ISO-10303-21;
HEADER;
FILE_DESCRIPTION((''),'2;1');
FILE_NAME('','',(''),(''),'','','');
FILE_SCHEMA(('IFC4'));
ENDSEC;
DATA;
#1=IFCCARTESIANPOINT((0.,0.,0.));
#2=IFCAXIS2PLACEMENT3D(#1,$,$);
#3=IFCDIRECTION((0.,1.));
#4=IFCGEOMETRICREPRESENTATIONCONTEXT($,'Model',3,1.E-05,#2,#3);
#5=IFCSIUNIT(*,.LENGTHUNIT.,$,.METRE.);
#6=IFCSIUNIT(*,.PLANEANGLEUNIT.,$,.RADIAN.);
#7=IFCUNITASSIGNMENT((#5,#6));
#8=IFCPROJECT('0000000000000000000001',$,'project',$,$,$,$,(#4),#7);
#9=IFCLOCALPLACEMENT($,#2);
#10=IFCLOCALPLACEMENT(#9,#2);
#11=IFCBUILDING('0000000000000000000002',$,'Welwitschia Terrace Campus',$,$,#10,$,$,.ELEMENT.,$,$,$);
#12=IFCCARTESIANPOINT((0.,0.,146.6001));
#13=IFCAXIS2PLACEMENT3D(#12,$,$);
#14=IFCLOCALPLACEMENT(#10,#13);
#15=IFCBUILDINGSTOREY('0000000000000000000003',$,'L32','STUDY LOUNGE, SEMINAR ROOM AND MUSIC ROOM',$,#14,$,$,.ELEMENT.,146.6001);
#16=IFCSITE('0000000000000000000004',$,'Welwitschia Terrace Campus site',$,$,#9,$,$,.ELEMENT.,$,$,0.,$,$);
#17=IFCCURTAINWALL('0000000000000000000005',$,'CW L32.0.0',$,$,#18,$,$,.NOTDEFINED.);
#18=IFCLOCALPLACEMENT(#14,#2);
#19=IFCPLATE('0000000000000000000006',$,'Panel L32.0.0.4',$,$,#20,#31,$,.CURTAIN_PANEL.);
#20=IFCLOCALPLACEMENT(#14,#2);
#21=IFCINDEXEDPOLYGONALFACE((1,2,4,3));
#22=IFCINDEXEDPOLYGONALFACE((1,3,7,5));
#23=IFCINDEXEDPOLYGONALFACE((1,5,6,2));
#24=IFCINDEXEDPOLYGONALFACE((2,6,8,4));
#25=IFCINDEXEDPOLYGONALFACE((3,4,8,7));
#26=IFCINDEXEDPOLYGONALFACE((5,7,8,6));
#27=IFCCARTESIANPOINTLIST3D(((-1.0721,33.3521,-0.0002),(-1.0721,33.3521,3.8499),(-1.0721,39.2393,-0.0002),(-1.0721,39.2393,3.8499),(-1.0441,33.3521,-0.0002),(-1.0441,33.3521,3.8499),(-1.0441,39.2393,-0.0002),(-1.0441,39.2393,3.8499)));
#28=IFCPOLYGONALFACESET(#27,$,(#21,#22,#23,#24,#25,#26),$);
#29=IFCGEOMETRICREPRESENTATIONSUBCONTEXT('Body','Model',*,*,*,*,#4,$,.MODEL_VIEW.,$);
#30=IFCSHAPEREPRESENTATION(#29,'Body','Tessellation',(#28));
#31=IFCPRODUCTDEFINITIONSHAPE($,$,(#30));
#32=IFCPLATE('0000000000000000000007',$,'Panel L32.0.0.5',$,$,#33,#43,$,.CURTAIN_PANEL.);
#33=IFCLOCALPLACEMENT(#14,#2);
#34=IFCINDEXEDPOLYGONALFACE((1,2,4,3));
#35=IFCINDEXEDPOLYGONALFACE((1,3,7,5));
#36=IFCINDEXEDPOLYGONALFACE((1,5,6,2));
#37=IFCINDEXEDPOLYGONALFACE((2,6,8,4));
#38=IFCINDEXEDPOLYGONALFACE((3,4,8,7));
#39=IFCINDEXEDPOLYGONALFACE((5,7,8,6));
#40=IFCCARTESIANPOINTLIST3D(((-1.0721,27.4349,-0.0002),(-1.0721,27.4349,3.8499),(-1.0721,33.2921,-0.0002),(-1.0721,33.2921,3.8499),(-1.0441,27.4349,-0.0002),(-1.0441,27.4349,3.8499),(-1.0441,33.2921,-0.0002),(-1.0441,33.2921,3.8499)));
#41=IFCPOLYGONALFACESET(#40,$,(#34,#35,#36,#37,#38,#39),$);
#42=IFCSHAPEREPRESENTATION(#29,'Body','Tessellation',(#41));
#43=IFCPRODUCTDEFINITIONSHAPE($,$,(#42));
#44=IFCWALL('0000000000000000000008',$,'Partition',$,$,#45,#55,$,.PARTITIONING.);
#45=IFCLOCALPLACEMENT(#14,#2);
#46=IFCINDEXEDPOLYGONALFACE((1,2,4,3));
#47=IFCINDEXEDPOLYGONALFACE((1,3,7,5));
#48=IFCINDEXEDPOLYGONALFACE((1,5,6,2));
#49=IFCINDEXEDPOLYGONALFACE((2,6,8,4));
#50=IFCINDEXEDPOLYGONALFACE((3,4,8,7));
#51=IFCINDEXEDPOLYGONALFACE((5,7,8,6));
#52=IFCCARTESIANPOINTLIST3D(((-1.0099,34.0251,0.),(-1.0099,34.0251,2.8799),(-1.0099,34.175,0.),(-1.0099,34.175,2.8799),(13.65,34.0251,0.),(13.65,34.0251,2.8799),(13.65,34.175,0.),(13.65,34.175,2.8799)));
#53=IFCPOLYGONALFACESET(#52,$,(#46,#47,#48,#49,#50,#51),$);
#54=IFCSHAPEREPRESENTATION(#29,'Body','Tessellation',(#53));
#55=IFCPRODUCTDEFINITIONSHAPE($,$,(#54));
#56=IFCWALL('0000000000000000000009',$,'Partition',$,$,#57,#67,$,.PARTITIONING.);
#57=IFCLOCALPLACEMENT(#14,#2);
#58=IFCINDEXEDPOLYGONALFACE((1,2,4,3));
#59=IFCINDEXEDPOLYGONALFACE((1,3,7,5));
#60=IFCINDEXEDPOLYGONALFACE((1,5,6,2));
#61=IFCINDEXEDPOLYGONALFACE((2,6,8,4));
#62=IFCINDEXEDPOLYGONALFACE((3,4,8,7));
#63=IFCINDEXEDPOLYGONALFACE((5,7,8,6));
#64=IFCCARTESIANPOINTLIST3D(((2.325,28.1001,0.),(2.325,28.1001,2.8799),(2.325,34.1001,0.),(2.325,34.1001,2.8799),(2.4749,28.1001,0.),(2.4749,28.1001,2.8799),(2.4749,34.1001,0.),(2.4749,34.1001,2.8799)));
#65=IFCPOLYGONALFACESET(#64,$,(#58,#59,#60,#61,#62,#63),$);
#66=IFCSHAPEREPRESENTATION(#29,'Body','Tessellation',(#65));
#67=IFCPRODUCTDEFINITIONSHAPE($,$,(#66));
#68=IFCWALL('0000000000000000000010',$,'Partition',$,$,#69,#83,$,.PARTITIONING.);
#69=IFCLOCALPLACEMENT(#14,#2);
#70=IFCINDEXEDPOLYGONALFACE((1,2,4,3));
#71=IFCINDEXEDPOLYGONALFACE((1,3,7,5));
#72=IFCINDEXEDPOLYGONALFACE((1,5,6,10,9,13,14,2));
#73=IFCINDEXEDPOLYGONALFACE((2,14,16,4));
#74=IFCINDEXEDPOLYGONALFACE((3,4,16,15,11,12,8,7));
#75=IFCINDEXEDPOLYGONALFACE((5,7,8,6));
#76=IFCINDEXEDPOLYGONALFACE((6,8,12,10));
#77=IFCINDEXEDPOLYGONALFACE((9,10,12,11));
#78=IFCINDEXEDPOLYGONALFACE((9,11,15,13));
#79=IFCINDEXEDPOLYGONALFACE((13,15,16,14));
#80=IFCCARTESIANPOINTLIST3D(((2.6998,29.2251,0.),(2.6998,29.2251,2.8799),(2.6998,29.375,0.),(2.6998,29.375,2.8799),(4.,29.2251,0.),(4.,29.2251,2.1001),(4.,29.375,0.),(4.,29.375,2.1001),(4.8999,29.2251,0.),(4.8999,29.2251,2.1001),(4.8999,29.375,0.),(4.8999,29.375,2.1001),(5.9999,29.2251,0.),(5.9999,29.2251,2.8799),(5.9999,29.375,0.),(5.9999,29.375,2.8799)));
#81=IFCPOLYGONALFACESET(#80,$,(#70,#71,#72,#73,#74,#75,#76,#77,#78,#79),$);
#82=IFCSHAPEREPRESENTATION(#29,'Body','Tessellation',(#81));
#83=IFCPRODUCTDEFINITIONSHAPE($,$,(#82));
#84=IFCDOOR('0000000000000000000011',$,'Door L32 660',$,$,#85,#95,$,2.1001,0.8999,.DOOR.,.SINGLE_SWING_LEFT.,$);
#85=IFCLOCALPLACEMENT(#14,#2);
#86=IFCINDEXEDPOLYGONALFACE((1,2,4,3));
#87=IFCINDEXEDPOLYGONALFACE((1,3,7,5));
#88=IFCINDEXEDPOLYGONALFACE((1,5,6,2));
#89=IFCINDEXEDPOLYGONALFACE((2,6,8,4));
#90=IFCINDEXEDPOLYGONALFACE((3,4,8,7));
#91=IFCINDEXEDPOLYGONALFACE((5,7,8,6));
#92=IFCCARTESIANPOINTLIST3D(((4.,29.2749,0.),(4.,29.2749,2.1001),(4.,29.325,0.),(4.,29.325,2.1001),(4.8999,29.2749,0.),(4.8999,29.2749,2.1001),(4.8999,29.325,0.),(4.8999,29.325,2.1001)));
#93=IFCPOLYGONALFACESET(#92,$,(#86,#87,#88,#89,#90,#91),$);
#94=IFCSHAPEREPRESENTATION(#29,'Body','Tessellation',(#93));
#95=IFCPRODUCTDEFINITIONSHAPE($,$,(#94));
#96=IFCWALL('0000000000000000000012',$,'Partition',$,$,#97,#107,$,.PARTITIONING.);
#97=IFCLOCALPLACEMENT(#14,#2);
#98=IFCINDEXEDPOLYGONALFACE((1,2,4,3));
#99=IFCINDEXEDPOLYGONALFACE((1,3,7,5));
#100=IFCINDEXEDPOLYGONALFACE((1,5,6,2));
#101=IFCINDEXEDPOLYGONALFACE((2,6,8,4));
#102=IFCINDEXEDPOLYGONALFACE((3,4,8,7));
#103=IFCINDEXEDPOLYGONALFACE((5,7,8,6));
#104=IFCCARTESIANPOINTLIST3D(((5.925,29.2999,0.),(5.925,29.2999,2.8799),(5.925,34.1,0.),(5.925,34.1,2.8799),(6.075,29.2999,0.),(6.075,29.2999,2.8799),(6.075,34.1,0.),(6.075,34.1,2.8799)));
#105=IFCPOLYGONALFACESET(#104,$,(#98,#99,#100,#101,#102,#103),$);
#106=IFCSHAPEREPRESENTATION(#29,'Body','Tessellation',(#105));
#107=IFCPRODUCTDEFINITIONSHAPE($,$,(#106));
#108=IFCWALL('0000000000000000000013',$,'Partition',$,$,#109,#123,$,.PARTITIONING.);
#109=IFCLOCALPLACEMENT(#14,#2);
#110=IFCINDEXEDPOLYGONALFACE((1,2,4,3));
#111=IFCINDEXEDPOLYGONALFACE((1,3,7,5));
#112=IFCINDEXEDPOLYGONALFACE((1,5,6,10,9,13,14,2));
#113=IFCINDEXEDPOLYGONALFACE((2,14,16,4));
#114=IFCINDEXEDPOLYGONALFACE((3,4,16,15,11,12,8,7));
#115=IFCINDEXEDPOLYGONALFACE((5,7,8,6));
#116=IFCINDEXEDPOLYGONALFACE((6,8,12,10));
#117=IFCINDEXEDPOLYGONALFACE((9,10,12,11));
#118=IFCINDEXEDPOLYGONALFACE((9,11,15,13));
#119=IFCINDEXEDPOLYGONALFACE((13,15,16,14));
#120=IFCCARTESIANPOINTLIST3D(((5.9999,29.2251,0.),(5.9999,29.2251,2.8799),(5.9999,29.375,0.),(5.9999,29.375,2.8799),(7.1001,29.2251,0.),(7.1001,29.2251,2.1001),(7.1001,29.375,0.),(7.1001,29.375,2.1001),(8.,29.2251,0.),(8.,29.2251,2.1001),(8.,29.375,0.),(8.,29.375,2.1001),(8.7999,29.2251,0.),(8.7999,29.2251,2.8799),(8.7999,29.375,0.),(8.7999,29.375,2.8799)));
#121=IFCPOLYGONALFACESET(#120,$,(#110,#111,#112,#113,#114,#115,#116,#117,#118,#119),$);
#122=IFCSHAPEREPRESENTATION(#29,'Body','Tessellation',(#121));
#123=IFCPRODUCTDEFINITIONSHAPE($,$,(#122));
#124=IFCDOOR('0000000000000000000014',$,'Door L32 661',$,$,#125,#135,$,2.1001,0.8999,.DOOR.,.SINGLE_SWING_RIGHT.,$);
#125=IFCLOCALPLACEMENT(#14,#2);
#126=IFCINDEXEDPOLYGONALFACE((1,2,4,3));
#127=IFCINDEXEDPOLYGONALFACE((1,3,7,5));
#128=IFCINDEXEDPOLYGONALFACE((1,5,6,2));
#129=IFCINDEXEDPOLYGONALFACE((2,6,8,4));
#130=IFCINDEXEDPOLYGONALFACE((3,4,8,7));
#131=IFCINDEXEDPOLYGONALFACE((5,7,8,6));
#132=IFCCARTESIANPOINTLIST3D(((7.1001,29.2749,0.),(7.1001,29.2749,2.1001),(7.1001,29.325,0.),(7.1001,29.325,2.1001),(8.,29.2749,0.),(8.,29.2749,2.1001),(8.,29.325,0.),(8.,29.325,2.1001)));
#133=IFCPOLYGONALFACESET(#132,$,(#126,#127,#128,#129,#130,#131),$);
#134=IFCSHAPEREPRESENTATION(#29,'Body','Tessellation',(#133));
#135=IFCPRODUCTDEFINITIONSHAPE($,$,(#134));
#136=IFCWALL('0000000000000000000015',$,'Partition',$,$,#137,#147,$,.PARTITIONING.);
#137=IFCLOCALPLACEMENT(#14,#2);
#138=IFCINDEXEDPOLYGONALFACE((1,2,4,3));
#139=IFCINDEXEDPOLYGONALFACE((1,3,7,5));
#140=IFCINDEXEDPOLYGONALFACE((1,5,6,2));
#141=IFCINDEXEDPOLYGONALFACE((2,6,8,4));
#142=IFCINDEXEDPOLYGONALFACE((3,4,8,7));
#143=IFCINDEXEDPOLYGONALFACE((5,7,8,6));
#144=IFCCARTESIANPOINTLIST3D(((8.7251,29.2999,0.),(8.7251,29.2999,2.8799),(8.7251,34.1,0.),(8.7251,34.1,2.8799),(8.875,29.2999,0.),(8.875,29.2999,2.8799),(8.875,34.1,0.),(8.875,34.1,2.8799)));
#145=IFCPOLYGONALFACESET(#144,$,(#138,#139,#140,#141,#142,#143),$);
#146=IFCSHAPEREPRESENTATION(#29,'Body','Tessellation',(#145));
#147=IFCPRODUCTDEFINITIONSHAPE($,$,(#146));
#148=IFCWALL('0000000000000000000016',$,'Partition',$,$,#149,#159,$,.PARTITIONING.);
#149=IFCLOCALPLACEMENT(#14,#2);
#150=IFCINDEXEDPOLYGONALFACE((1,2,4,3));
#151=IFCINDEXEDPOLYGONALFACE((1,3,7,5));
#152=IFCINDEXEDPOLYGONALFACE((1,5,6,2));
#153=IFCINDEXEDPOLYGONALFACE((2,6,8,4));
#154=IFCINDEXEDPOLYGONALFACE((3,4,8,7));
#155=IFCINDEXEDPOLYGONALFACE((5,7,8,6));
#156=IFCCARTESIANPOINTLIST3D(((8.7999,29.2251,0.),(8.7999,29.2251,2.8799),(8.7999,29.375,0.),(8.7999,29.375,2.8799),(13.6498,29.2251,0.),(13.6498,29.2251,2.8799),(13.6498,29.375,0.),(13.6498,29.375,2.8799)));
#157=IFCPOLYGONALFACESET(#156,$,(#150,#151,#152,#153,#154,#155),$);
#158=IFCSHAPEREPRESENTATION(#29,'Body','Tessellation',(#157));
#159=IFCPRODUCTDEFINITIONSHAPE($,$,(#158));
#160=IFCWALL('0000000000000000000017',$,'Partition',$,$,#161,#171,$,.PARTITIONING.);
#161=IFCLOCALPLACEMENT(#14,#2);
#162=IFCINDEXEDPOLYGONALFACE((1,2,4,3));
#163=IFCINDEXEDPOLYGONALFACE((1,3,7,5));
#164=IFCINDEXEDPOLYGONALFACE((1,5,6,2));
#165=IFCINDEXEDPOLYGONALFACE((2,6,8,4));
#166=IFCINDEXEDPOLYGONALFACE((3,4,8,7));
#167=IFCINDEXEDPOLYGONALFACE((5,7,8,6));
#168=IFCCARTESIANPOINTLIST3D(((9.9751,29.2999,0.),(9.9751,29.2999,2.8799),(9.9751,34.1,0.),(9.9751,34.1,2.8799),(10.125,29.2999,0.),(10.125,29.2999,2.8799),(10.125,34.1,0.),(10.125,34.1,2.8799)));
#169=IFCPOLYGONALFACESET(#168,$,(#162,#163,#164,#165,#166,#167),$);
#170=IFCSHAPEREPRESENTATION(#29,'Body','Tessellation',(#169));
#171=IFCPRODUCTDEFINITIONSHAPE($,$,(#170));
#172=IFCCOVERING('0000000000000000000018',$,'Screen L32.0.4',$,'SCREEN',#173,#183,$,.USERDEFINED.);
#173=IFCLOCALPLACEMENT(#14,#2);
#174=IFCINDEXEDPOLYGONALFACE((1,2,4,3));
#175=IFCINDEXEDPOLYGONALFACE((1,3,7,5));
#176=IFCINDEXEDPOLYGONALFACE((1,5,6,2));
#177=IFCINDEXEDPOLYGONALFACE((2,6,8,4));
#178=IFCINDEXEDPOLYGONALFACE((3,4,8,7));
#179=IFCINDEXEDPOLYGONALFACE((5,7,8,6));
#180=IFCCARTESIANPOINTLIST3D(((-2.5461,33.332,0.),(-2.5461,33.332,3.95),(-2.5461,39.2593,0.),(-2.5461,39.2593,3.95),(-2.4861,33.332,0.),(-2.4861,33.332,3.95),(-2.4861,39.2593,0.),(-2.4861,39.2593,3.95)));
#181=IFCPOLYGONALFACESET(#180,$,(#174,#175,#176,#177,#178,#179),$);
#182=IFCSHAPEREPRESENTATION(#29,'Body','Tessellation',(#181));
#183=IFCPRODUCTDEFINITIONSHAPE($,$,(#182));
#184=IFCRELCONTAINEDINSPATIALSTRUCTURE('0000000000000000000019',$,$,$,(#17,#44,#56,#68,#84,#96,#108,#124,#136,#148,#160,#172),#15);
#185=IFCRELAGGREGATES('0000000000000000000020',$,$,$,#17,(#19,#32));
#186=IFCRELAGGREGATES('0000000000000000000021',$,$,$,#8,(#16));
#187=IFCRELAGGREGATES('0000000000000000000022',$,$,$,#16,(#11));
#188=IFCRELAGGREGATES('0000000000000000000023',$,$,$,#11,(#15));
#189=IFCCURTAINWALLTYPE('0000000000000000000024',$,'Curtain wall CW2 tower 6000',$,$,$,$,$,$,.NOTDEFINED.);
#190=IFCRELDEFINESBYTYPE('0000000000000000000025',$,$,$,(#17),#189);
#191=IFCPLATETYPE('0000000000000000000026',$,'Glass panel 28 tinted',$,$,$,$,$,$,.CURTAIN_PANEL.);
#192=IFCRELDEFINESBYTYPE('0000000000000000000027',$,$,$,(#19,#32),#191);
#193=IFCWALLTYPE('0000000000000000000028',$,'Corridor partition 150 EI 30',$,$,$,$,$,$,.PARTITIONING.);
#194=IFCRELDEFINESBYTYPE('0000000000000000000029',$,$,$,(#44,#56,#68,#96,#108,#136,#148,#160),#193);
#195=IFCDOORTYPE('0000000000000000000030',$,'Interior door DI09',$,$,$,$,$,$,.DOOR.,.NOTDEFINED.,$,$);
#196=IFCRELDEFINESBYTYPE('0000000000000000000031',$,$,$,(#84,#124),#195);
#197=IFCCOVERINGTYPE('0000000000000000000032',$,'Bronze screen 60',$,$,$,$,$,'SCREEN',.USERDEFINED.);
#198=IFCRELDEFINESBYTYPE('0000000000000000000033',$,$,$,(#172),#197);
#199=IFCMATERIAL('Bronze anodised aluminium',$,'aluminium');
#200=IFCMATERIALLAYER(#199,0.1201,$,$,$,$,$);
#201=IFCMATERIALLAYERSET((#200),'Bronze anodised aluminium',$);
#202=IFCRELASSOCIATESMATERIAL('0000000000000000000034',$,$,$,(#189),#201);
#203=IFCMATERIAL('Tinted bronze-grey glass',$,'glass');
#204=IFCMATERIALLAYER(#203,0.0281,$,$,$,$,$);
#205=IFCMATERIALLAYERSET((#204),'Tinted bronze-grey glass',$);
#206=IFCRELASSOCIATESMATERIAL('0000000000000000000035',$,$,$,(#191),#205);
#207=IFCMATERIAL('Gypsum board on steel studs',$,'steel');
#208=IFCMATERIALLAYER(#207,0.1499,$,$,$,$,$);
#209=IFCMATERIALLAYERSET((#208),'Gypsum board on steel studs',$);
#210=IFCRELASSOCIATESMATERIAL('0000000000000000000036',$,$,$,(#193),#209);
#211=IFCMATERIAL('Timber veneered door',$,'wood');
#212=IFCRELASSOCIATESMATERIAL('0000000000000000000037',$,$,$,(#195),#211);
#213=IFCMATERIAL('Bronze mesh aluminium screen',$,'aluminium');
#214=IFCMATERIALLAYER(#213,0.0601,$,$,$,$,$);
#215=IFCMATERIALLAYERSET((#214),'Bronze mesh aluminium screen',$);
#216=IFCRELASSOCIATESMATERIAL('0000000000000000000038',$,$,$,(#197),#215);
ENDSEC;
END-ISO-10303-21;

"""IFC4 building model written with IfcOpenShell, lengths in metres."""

from ifc_helpers import new_model, si_unit, direction, frame, frame_2d, origin, origin_2d, place, context, subcontext, project, spatial, rectangle, extrude, material, layer, layer_set, type_object, element, fill, aggregate, save


model = new_model("IFC4")

# Units and contexts
model_context = context("Model", 3, precision=1e-05, world=origin(), true_north=direction((0.0, 1.0)))
body_context = subcontext(model_context, "Body", "Model", "MODEL_VIEW")
ifc_project = project(units=[si_unit("LENGTHUNIT", "METRE"), si_unit("PLANEANGLEUNIT", "RADIAN")], contexts=[model_context])

# Site, building, storey
site_placement = place(None, origin())
site = spatial("IfcSite", under=ifc_project, at=site_placement, Name="Welwitschia Terrace Campus site", CompositionType="ELEMENT", RefElevation=0.0)
building_placement = place(site_placement, origin())
building = spatial("IfcBuilding", under=site, at=building_placement, Name="Welwitschia Terrace Campus", CompositionType="ELEMENT")
storey_placement = place(building_placement, frame((0.0, 0.0, 146.6001)))
storey = spatial("IfcBuildingStorey", under=building, at=storey_placement, Name="L32", Description="STUDY LOUNGE, SEMINAR ROOM AND MUSIC ROOM", CompositionType="ELEMENT", Elevation=146.6001)

# Curtain wall
ifc_material_1 = material(Name="Bronze anodised aluminium", Category="aluminium")
ifc_layer_1 = layer(ifc_material_1, 0.1201)
ifc_layer_set_1 = layer_set([ifc_layer_1], Name="Bronze anodised aluminium")
curtain_wall_type = type_object("IfcCurtainWallType", Name="Curtain wall CW2 tower 6000", PredefinedType="NOTDEFINED", material=ifc_layer_set_1)
curtain_wall_placement = place(storey_placement, origin())
curtain_wall = element("IfcCurtainWall", 1, at=curtain_wall_placement, inside=storey, type_object=curtain_wall_type, Name="CW L32.0.0", PredefinedType="NOTDEFINED")

# Plates
ifc_material_2 = material(Name="Tinted bronze-grey glass", Category="glass")
ifc_layer_2 = layer(ifc_material_2, 0.0281)
ifc_layer_set_2 = layer_set([ifc_layer_2], Name="Tinted bronze-grey glass")
plate_type = type_object("IfcPlateType", Name="Glass panel 28 tinted", PredefinedType="CURTAIN_PANEL", material=ifc_layer_set_2)
plate_1_placement = place(storey_placement, frame((-1.0581, 36.2957, -0.0002), z_axis=(0.0, 0.0, 1.0), x_axis=(0.0, -1.0, 0.0)))
plate_1 = element("IfcPlate", 2, at=plate_1_placement, type_object=plate_type, Name="Panel L32.0.0.4", PredefinedType="CURTAIN_PANEL", context=body_context, shape_type="SweptSolid", body=[
    extrude(rectangle(XDim=5.8872, YDim=0.0281, at=origin_2d()), origin(), (0.0, 0.0, 1.0), 3.8501),
])
plate_2_placement = place(storey_placement, frame((-1.0581, 30.3635, -0.0002), z_axis=(0.0, 0.0, 1.0), x_axis=(0.0, -1.0, 0.0)))
plate_2 = element("IfcPlate", 3, at=plate_2_placement, type_object=plate_type, Name="Panel L32.0.0.5", PredefinedType="CURTAIN_PANEL", context=body_context, shape_type="SweptSolid", body=[
    extrude(rectangle(XDim=5.8572, YDim=0.0281, at=origin_2d()), origin(), (0.0, 0.0, 1.0), 3.8501),
])
aggregate(curtain_wall, [plate_1, plate_2])

# Walls
ifc_material_3 = material(Name="Gypsum board on steel studs", Category="steel")
ifc_layer_3 = layer(ifc_material_3, 0.1499)
ifc_layer_set_3 = layer_set([ifc_layer_3], Name="Gypsum board on steel studs")
wall_type = type_object("IfcWallType", Name="Corridor partition 150 EI 30", PredefinedType="PARTITIONING", material=ifc_layer_set_3)
wall_1_placement = place(storey_placement, frame((-1.01, 34.1001, 0.0), z_axis=(0.0, 0.0, 1.0), x_axis=(1.0, 0.0, 0.0)))
element("IfcWall", 4, at=wall_1_placement, inside=storey, type_object=wall_type, Name="Partition", PredefinedType="PARTITIONING", context=body_context, shape_type="SweptSolid", body=[
    extrude(rectangle(XDim=14.6599, YDim=0.1499, at=frame_2d((7.3301, 0.0))), origin(), (0.0, 0.0, 1.0), 2.8799),
])
wall_2_placement = place(storey_placement, frame((2.3999, 28.1001, 0.0), z_axis=(0.0, 0.0, 1.0), x_axis=(0.0, 1.0, 0.0)))
element("IfcWall", 5, at=wall_2_placement, inside=storey, type_object=wall_type, Name="Partition", PredefinedType="PARTITIONING", context=body_context, shape_type="SweptSolid", body=[
    extrude(rectangle(XDim=6.0, YDim=0.1499, at=frame_2d((3.0, 0.0))), origin(), (0.0, 0.0, 1.0), 2.8799),
])

# Wall, opening, door
wall_3_placement = place(storey_placement, frame((2.7, 29.3, 0.0), z_axis=(0.0, 0.0, 1.0), x_axis=(1.0, 0.0, 0.0)))
wall_3 = element("IfcWall", 6, at=wall_3_placement, inside=storey, type_object=wall_type, Name="Partition", PredefinedType="PARTITIONING", context=body_context, shape_type="SweptSolid", body=[
    extrude(rectangle(XDim=3.3, YDim=0.1499, at=frame_2d((1.6499, 0.0))), origin(), (0.0, 0.0, 1.0), 2.8799),
])
opening_1_placement = place(wall_3_placement, frame((1.3, 0.0, 0.0)))
opening_1 = element("IfcOpeningElement", 7, at=opening_1_placement, cuts=wall_3, PredefinedType="OPENING", context=body_context, shape_type="SweptSolid", body=[
    extrude(rectangle(XDim=0.8999, YDim=2.1001, at=frame_2d((0.45, 1.05))), frame((0.0, 0.085, 0.0), z_axis=(0.0, -1.0, 0.0), x_axis=(1.0, 0.0, 0.0)), (0.0, 0.0, 1.0), 0.1699),
])
ifc_material_4 = material(Name="Timber veneered door", Category="wood")
door_type = type_object("IfcDoorType", Name="Interior door DI09", OperationType="NOTDEFINED", PredefinedType="DOOR", material=ifc_material_4)
door_1_placement = place(opening_1_placement, origin())
door_1 = element("IfcDoor", 8, at=door_1_placement, inside=storey, type_object=door_type, Name="Door L32 660", OperationType="SINGLE_SWING_LEFT", OverallHeight=2.1001, OverallWidth=0.8999, PredefinedType="DOOR", context=body_context, shape_type="SweptSolid", body=[
    extrude(rectangle(XDim=0.8999, YDim=2.1001, at=frame_2d((0.45, 1.05))), frame((0.0, 0.0249, 0.0), z_axis=(0.0, -1.0, 0.0), x_axis=(1.0, 0.0, 0.0)), (0.0, 0.0, 1.0), 0.05),
])
fill(opening_1, door_1)

# Wall
wall_4_placement = place(storey_placement, frame((6.0, 29.3, 0.0), z_axis=(0.0, 0.0, 1.0), x_axis=(0.0, 1.0, 0.0)))
element("IfcWall", 9, at=wall_4_placement, inside=storey, type_object=wall_type, Name="Partition", PredefinedType="PARTITIONING", context=body_context, shape_type="SweptSolid", body=[
    extrude(rectangle(XDim=4.8, YDim=0.1499, at=frame_2d((2.3999, 0.0))), origin(), (0.0, 0.0, 1.0), 2.8799),
])

# Wall, opening, door
wall_5_placement = place(storey_placement, frame((6.0, 29.3, 0.0), z_axis=(0.0, 0.0, 1.0), x_axis=(1.0, 0.0, 0.0)))
wall_5 = element("IfcWall", 10, at=wall_5_placement, inside=storey, type_object=wall_type, Name="Partition", PredefinedType="PARTITIONING", context=body_context, shape_type="SweptSolid", body=[
    extrude(rectangle(XDim=2.8, YDim=0.1499, at=frame_2d((1.3999, 0.0))), origin(), (0.0, 0.0, 1.0), 2.8799),
])
opening_2_placement = place(wall_5_placement, frame((1.1001, 0.0, 0.0)))
opening_2 = element("IfcOpeningElement", 11, at=opening_2_placement, cuts=wall_5, PredefinedType="OPENING", context=body_context, shape_type="SweptSolid", body=[
    extrude(rectangle(XDim=0.8999, YDim=2.1001, at=frame_2d((0.45, 1.05))), frame((0.0, 0.085, 0.0), z_axis=(0.0, -1.0, 0.0), x_axis=(1.0, 0.0, 0.0)), (0.0, 0.0, 1.0), 0.1699),
])
door_2_placement = place(opening_2_placement, origin())
door_2 = element("IfcDoor", 12, at=door_2_placement, inside=storey, type_object=door_type, Name="Door L32 661", OperationType="SINGLE_SWING_RIGHT", OverallHeight=2.1001, OverallWidth=0.8999, PredefinedType="DOOR", context=body_context, shape_type="SweptSolid", body=[
    extrude(rectangle(XDim=0.8999, YDim=2.1001, at=frame_2d((0.45, 1.05))), frame((0.0, 0.0249, 0.0), z_axis=(0.0, -1.0, 0.0), x_axis=(1.0, 0.0, 0.0)), (0.0, 0.0, 1.0), 0.05),
])
fill(opening_2, door_2)

# Walls
wall_6_placement = place(storey_placement, frame((8.8, 29.3, 0.0), z_axis=(0.0, 0.0, 1.0), x_axis=(0.0, 1.0, 0.0)))
element("IfcWall", 13, at=wall_6_placement, inside=storey, type_object=wall_type, Name="Partition", PredefinedType="PARTITIONING", context=body_context, shape_type="SweptSolid", body=[
    extrude(rectangle(XDim=4.8, YDim=0.1499, at=frame_2d((2.3999, 0.0))), origin(), (0.0, 0.0, 1.0), 2.8799),
])
wall_7_placement = place(storey_placement, frame((8.8, 29.3, 0.0), z_axis=(0.0, 0.0, 1.0), x_axis=(1.0, 0.0, 0.0)))
element("IfcWall", 14, at=wall_7_placement, inside=storey, type_object=wall_type, Name="Partition", PredefinedType="PARTITIONING", context=body_context, shape_type="SweptSolid", body=[
    extrude(rectangle(XDim=4.8499, YDim=0.1499, at=frame_2d((2.4248, 0.0))), origin(), (0.0, 0.0, 1.0), 2.8799),
])
wall_8_placement = place(storey_placement, frame((10.05, 29.3, 0.0), z_axis=(0.0, 0.0, 1.0), x_axis=(0.0, 1.0, 0.0)))
element("IfcWall", 15, at=wall_8_placement, inside=storey, type_object=wall_type, Name="Partition", PredefinedType="PARTITIONING", context=body_context, shape_type="SweptSolid", body=[
    extrude(rectangle(XDim=4.8, YDim=0.1499, at=frame_2d((2.3999, 0.0))), origin(), (0.0, 0.0, 1.0), 2.8799),
])

# Covering
ifc_material_5 = material(Name="Bronze mesh aluminium screen", Category="aluminium")
ifc_layer_4 = layer(ifc_material_5, 0.0601)
ifc_layer_set_4 = layer_set([ifc_layer_4], Name="Bronze mesh aluminium screen")
covering_type = type_object("IfcCoveringType", Name="Bronze screen 60", ElementType="SCREEN", PredefinedType="USERDEFINED", material=ifc_layer_set_4)
for number, where, z_axis, x_axis, name in (
    (16, (-2.5161, 36.2957, 0.0), (0.0, 0.0, 1.0), (0.0, -1.0, 0.0), "Screen L32.0.4"),
):
    element("IfcCovering", number, at=place(storey_placement, frame(where, z_axis=z_axis, x_axis=x_axis)), inside=storey, type_object=covering_type, Name=name, ObjectType="SCREEN", PredefinedType="USERDEFINED", context=body_context, shape_type="SweptSolid", body=[
        extrude(rectangle(XDim=5.9272, YDim=0.0601, at=origin_2d()), origin(), (0.0, 0.0, 1.0), 3.95),
    ])

save(model, "model.ifc")
